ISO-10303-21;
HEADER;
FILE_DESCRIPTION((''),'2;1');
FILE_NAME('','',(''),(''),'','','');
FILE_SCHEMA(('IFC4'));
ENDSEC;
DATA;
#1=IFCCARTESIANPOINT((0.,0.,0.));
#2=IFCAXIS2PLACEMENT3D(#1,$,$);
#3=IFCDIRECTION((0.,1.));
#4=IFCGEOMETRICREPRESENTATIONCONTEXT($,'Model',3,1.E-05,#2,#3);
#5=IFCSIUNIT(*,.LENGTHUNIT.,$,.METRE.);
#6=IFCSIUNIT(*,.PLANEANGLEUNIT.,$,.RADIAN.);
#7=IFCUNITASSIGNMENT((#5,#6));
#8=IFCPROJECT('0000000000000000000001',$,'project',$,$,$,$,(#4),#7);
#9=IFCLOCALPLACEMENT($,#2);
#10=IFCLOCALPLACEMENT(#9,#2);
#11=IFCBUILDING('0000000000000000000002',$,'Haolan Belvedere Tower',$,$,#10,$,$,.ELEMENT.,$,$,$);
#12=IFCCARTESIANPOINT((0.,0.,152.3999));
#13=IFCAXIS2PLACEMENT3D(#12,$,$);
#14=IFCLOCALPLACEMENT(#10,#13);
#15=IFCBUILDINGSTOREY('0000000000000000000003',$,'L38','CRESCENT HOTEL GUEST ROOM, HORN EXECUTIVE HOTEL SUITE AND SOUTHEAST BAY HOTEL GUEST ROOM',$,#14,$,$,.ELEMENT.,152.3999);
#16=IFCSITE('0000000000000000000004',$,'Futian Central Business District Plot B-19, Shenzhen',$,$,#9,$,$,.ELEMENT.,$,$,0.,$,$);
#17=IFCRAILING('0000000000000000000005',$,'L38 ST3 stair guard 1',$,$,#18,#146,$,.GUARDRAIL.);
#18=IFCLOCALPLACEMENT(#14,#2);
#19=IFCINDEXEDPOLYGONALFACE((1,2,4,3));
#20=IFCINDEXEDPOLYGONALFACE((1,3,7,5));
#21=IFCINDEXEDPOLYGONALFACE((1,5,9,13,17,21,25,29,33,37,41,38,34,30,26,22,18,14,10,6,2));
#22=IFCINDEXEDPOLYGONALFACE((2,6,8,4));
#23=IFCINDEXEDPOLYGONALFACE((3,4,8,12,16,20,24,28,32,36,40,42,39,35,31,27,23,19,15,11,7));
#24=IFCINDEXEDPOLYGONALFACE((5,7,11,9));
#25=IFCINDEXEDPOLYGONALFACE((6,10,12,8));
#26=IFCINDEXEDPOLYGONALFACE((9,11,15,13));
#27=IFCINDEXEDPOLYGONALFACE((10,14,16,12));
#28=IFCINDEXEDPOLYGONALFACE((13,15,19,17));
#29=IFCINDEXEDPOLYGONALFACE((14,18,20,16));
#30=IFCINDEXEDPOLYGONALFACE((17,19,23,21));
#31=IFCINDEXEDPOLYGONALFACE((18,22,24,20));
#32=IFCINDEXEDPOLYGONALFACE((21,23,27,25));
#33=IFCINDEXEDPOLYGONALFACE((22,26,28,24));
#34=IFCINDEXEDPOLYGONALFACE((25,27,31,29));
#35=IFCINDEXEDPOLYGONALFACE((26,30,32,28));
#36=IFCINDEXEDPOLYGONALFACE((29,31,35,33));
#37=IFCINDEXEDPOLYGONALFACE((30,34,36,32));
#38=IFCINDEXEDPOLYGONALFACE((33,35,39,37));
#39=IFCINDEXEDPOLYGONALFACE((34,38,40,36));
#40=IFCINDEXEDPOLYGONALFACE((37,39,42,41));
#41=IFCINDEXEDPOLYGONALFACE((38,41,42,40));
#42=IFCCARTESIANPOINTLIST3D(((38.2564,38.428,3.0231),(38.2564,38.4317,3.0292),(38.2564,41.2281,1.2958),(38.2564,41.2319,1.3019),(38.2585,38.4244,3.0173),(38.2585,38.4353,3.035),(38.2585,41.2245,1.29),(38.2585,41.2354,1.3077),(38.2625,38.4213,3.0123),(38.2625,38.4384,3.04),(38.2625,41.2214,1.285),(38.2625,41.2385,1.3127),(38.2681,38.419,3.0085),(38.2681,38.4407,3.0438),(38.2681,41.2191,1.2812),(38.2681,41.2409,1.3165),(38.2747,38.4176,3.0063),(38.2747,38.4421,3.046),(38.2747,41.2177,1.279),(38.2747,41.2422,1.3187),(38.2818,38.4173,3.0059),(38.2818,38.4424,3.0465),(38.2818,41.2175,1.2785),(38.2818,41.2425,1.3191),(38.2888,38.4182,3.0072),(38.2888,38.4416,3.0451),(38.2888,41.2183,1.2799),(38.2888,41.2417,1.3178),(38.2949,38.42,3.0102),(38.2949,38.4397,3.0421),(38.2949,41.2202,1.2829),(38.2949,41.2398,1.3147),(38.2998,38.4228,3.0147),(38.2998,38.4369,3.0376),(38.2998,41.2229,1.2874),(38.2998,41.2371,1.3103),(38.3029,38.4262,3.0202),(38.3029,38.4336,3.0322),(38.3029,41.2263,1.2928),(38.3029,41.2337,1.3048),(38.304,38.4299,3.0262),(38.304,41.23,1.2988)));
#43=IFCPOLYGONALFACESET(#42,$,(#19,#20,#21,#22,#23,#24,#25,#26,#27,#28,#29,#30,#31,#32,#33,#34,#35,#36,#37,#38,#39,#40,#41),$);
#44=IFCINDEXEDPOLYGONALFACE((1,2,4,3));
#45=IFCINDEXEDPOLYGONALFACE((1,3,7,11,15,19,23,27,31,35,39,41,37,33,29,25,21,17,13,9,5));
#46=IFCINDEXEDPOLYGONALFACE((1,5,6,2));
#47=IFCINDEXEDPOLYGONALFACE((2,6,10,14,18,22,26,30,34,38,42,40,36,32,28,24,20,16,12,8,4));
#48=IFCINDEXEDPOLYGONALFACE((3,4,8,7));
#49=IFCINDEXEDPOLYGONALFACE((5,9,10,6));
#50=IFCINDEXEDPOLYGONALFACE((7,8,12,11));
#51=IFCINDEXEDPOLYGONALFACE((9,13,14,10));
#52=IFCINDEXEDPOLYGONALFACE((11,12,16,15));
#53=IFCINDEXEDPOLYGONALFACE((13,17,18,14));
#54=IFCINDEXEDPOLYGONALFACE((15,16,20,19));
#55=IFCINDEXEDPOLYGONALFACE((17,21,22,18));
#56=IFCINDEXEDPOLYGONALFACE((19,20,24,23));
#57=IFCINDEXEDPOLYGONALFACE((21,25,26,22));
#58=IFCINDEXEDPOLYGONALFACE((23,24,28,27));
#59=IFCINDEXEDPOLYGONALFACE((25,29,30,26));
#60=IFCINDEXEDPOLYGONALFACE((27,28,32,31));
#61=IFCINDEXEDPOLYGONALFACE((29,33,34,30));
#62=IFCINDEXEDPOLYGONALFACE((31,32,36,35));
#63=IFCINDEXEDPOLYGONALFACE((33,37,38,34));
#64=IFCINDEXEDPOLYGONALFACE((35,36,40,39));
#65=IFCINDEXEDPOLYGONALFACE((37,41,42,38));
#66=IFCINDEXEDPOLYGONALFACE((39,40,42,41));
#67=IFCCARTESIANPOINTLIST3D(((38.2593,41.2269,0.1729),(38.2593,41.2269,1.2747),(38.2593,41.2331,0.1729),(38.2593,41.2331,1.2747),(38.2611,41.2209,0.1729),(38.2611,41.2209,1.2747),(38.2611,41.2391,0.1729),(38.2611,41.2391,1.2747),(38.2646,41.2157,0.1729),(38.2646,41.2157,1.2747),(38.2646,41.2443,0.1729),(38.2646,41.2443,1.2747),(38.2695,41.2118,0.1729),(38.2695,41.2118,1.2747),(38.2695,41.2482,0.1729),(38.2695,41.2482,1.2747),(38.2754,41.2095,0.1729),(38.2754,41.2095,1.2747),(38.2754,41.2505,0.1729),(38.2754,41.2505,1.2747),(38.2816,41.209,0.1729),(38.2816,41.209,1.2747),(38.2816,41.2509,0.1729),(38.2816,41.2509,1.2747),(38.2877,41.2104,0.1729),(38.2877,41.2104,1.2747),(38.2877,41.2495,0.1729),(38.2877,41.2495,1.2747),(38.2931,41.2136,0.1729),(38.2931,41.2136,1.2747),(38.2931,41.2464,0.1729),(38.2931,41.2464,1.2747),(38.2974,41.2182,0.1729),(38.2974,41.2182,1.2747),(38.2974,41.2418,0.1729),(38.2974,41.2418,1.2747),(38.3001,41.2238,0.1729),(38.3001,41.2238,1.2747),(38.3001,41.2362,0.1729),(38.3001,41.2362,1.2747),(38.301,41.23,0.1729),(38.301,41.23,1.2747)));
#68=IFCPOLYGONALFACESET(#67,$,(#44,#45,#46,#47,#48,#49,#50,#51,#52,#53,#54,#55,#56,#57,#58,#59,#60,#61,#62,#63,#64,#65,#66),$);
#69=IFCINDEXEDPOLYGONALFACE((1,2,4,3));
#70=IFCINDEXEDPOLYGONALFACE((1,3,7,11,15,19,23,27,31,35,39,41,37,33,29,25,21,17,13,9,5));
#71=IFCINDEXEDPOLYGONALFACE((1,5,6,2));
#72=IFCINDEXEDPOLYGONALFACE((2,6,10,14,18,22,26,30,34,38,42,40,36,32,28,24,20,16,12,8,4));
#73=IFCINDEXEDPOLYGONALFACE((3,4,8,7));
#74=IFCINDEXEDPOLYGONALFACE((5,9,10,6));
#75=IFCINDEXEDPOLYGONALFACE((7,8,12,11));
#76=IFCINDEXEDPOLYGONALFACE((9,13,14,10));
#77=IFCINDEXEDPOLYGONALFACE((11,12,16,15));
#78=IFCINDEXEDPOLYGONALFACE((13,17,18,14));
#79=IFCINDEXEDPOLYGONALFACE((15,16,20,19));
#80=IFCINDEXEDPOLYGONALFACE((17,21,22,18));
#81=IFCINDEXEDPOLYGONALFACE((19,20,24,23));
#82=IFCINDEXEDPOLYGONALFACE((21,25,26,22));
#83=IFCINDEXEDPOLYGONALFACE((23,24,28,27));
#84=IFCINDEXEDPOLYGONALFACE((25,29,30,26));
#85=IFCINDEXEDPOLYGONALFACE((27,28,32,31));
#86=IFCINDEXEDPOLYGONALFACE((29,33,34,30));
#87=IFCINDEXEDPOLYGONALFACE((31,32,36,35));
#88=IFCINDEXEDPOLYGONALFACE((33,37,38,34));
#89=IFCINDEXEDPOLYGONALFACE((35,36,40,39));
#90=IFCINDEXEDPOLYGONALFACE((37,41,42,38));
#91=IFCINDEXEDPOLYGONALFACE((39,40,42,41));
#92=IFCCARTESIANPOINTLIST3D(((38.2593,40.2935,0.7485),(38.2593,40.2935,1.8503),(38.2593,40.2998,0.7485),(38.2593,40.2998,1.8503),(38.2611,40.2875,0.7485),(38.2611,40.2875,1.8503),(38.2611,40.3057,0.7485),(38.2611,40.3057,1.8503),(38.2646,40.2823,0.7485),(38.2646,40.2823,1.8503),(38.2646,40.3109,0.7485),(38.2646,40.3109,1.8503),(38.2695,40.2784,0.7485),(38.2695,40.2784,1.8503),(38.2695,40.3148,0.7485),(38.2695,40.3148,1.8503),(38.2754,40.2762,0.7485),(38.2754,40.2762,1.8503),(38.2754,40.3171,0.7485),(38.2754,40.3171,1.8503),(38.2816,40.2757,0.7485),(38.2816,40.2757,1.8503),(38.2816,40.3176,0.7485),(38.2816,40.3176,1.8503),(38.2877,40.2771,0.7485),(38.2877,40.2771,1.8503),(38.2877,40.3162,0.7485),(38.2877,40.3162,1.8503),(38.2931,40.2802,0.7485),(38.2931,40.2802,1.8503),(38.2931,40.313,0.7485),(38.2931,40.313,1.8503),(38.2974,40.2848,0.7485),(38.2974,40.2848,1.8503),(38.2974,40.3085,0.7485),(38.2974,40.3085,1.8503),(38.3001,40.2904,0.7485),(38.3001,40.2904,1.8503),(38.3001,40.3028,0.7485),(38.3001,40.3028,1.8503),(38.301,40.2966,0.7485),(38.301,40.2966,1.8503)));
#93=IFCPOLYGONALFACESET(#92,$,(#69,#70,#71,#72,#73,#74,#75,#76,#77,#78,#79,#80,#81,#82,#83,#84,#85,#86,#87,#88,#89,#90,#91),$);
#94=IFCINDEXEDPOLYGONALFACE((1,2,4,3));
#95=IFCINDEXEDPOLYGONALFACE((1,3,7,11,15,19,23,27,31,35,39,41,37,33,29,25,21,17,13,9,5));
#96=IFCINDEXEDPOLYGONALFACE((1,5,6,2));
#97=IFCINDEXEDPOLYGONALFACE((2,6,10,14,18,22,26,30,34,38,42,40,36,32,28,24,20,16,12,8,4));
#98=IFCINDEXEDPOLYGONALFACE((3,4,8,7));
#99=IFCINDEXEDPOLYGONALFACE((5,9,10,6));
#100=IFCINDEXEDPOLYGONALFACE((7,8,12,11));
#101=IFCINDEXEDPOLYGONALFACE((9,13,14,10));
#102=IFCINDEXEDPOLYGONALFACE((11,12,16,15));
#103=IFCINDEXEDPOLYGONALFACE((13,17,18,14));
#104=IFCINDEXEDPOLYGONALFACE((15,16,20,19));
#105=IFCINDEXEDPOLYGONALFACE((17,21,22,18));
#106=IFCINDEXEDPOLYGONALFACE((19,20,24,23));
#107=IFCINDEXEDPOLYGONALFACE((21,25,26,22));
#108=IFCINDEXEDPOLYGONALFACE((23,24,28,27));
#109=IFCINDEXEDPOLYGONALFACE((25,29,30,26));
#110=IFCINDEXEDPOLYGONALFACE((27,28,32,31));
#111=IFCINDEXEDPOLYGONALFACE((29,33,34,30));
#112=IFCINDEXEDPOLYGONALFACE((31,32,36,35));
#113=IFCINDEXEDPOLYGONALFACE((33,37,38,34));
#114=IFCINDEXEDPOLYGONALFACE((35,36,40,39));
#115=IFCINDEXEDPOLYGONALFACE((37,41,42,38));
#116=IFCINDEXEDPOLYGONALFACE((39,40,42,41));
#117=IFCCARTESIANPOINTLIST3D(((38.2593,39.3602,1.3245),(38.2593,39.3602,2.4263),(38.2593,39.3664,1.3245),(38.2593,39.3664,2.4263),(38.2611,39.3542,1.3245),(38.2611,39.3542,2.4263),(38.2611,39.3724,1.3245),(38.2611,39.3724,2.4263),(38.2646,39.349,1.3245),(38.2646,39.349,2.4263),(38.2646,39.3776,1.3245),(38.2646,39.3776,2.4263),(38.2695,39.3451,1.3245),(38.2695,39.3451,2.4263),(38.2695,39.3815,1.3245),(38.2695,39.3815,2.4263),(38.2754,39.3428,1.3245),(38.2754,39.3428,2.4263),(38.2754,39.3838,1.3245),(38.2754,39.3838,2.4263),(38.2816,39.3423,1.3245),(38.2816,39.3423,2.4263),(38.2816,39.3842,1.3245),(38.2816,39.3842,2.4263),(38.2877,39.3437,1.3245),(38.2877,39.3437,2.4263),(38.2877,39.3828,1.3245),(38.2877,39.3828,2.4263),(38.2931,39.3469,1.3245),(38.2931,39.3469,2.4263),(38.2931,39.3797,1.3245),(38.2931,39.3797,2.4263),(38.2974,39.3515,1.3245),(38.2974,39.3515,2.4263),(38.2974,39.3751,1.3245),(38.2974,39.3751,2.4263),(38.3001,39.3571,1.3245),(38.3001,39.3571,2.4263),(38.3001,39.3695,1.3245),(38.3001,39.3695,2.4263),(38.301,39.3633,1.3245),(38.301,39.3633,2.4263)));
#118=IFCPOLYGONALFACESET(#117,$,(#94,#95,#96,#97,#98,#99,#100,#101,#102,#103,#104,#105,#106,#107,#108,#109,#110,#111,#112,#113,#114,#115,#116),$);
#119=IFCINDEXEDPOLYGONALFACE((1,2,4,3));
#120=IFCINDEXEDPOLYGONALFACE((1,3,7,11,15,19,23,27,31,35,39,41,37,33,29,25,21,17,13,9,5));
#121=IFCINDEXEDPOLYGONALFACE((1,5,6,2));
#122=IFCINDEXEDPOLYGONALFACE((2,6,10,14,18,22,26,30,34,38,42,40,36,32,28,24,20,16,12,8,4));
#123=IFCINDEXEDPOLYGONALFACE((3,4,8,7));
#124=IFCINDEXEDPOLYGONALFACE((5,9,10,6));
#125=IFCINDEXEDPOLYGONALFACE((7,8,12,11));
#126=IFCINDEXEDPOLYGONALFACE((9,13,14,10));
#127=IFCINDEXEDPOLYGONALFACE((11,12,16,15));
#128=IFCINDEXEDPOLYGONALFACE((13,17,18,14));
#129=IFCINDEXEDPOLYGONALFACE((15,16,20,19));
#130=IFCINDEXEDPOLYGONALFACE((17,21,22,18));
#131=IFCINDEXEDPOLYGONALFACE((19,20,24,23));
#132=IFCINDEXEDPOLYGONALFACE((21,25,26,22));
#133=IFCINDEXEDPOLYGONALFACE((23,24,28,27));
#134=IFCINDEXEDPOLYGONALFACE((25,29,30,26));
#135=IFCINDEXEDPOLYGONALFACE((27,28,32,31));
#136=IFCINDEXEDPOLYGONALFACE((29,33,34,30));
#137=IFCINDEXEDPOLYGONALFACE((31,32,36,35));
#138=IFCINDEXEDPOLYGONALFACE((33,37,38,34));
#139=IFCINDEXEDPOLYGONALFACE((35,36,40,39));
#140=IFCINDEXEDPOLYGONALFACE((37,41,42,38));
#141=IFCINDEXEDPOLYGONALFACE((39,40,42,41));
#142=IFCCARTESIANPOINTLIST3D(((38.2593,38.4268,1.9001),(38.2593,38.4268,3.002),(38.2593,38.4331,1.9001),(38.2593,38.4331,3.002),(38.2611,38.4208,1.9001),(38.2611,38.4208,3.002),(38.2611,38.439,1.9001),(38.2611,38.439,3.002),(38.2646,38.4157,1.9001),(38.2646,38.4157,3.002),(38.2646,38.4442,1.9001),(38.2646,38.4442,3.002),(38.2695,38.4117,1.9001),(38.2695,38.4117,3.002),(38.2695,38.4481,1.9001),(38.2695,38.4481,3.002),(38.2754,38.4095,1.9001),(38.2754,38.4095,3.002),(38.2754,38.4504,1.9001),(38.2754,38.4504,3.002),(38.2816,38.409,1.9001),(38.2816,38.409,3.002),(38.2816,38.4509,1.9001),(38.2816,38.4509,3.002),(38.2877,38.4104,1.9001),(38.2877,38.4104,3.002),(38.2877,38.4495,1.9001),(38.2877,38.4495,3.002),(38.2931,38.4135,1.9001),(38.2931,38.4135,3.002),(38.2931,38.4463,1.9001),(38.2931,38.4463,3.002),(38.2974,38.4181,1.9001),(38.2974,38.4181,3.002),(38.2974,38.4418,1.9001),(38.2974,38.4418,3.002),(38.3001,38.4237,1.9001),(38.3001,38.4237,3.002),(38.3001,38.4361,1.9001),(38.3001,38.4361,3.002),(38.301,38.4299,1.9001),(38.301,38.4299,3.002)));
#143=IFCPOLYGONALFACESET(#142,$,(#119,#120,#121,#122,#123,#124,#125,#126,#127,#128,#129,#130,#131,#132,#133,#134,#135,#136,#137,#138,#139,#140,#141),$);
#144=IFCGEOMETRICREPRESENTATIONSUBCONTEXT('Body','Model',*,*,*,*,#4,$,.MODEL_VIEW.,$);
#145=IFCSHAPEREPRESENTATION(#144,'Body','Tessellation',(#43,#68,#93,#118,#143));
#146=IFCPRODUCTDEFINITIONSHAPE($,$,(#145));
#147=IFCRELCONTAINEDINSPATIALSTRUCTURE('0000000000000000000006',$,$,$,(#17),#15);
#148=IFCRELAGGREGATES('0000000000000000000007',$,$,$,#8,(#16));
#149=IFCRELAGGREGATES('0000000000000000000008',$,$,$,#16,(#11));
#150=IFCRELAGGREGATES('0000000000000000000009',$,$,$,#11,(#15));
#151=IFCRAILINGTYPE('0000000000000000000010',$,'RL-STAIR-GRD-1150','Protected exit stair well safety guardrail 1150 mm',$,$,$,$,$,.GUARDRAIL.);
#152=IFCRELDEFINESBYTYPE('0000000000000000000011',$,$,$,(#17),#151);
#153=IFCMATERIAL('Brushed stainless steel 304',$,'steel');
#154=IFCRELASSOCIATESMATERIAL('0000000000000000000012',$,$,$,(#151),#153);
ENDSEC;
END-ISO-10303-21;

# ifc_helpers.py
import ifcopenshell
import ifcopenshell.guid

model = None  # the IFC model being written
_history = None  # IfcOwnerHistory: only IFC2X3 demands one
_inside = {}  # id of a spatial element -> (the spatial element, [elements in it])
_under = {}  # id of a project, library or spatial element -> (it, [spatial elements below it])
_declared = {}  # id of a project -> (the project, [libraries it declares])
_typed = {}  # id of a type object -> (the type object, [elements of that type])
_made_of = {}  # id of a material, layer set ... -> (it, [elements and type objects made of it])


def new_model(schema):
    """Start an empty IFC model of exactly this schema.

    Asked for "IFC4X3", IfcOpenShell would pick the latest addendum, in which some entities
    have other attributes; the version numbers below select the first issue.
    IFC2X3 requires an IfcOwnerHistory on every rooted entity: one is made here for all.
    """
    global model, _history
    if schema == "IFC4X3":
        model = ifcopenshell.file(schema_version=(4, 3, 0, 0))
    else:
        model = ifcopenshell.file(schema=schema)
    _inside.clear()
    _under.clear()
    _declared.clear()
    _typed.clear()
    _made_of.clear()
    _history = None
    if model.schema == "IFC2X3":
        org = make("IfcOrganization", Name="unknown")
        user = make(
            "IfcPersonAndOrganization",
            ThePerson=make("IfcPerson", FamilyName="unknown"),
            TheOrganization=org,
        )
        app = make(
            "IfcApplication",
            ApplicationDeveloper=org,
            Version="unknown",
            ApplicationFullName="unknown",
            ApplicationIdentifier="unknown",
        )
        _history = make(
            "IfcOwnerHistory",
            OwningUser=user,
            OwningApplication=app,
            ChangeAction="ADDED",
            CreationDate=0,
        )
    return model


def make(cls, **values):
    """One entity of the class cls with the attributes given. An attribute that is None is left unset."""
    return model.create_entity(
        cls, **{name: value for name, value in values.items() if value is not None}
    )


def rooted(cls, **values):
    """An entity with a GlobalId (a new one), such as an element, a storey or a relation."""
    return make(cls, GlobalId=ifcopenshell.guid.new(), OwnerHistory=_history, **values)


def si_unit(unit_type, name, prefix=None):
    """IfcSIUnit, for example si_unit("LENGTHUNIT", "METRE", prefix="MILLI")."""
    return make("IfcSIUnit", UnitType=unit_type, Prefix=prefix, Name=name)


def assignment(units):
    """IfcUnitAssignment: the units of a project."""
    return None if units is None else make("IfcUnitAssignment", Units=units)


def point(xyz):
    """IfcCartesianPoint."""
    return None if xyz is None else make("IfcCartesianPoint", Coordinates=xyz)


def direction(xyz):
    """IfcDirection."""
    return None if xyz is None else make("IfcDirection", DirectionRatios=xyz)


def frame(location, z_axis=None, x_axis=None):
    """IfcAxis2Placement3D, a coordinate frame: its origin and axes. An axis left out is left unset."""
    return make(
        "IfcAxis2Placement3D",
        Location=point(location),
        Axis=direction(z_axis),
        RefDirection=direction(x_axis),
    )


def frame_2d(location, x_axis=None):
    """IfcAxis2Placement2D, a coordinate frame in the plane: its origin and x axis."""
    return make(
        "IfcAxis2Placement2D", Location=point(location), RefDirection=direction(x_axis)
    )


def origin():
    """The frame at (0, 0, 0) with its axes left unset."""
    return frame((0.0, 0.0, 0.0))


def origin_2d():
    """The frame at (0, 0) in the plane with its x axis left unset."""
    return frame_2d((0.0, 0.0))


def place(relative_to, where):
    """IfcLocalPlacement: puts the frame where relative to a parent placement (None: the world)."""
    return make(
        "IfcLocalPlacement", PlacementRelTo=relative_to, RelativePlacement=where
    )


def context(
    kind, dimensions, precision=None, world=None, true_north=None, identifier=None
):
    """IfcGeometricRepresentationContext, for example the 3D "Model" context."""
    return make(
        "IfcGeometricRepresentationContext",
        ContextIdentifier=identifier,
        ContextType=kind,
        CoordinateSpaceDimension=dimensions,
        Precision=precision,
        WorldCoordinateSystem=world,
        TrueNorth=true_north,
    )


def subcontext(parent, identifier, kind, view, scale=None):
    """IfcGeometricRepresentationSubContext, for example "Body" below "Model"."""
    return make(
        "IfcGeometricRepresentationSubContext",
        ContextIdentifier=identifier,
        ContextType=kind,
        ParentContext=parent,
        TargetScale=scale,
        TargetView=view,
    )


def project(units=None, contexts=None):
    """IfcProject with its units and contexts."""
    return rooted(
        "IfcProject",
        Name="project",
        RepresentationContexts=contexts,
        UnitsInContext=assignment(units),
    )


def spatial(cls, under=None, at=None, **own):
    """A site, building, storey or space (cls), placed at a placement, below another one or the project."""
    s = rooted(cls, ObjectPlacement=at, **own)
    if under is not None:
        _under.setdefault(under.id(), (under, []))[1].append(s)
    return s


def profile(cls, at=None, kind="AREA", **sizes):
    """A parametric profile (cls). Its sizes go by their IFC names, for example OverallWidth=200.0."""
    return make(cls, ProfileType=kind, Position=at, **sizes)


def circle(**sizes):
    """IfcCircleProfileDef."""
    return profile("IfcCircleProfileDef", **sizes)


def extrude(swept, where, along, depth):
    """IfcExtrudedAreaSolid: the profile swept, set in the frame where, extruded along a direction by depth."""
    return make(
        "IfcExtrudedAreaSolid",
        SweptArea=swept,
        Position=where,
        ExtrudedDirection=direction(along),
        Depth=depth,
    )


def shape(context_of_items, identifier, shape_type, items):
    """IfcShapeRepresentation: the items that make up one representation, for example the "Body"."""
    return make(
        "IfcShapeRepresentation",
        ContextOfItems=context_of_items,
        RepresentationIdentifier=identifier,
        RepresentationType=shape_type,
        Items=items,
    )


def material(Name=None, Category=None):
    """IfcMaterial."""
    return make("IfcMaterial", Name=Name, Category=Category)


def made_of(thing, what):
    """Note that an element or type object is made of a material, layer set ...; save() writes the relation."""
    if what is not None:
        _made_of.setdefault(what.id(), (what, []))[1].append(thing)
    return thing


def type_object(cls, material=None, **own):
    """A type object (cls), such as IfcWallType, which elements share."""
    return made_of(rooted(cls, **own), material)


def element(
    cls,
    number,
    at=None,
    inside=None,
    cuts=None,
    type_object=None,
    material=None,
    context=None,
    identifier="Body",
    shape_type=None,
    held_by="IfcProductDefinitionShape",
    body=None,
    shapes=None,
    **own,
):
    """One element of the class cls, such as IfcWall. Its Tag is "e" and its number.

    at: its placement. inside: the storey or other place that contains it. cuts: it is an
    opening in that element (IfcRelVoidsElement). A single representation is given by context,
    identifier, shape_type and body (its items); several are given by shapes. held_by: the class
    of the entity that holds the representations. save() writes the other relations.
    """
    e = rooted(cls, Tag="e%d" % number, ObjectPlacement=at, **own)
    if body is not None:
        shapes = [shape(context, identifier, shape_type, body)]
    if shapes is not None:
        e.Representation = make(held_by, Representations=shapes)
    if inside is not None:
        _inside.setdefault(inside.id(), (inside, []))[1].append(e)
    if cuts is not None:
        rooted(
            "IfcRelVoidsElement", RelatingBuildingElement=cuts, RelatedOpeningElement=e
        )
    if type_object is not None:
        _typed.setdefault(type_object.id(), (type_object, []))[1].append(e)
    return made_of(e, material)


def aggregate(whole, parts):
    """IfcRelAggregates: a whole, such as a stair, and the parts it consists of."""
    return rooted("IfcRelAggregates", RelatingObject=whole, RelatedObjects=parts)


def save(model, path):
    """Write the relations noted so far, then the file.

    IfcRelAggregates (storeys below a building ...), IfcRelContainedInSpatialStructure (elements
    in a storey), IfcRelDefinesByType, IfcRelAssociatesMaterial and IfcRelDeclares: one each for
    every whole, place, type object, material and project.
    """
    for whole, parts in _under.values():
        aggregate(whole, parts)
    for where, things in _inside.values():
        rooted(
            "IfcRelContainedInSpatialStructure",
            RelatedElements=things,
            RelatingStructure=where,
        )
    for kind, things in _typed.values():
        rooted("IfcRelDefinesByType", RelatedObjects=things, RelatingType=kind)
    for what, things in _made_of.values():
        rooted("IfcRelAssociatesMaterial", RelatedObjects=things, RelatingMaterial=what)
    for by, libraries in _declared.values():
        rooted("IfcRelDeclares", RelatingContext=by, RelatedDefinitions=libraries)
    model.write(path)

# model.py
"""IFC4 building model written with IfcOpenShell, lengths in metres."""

from ifc_helpers import new_model, si_unit, direction, frame, origin, origin_2d, place, context, subcontext, project, spatial, circle, extrude, material, type_object, element, save


model = new_model("IFC4")

# Units and contexts
model_context = context("Model", 3, precision=1e-05, world=origin(), true_north=direction((0.0, 1.0)))
body_context = subcontext(model_context, "Body", "Model", "MODEL_VIEW")
ifc_project = project(units=[si_unit("LENGTHUNIT", "METRE"), si_unit("PLANEANGLEUNIT", "RADIAN")], contexts=[model_context])

# Site, building, storey
site_placement = place(None, origin())
site = spatial("IfcSite", under=ifc_project, at=site_placement, Name="Futian Central Business District Plot B-19, Shenzhen", CompositionType="ELEMENT", RefElevation=0.0)
building_placement = place(site_placement, origin())
building = spatial("IfcBuilding", under=site, at=building_placement, Name="Haolan Belvedere Tower", CompositionType="ELEMENT")
storey_placement = place(building_placement, frame((0.0, 0.0, 152.3999)))
storey = spatial("IfcBuildingStorey", under=building, at=storey_placement, Name="L38", Description="CRESCENT HOTEL GUEST ROOM, HORN EXECUTIVE HOTEL SUITE AND SOUTHEAST BAY HOTEL GUEST ROOM", CompositionType="ELEMENT", Elevation=152.3999)

# Railing
ifc_material_1 = material(Name="Brushed stainless steel 304", Category="steel")
railing_type_1 = type_object("IfcRailingType", Name="RL-STAIR-GRD-1150", Description="Protected exit stair well safety guardrail 1150 mm", PredefinedType="GUARDRAIL", material=ifc_material_1)
railing_1_placement = place(storey_placement, frame((38.28, 41.23, 0.1729)))
element("IfcRailing", 1, at=railing_1_placement, inside=storey, type_object=railing_type_1, Name="L38 ST3 stair guard 1", PredefinedType="GUARDRAIL", context=body_context, shape_type="SweptSolid", body=[
    extrude(circle(Radius=0.0239, at=origin_2d()), frame((0.0, 0.0, 1.126), z_axis=(0.0, -0.85109, 0.52502), x_axis=(1.0, 0.0, 0.0)), (0.0, 0.0, 1.0), 3.29),
    extrude(circle(Radius=0.021, at=origin_2d()), origin(), (0.0, 0.0, 1.0), 1.1018),
    extrude(circle(Radius=0.021, at=origin_2d()), frame((0.0, -0.9333, 0.5757)), (0.0, 0.0, 1.0), 1.1018),
    extrude(circle(Radius=0.021, at=origin_2d()), frame((0.0, -1.8667, 1.1516)), (0.0, 0.0, 1.0), 1.1018),
    extrude(circle(Radius=0.021, at=origin_2d()), frame((0.0, -2.8, 1.7273)), (0.0, 0.0, 1.0), 1.1018),
])

save(model, "model.ifc")
